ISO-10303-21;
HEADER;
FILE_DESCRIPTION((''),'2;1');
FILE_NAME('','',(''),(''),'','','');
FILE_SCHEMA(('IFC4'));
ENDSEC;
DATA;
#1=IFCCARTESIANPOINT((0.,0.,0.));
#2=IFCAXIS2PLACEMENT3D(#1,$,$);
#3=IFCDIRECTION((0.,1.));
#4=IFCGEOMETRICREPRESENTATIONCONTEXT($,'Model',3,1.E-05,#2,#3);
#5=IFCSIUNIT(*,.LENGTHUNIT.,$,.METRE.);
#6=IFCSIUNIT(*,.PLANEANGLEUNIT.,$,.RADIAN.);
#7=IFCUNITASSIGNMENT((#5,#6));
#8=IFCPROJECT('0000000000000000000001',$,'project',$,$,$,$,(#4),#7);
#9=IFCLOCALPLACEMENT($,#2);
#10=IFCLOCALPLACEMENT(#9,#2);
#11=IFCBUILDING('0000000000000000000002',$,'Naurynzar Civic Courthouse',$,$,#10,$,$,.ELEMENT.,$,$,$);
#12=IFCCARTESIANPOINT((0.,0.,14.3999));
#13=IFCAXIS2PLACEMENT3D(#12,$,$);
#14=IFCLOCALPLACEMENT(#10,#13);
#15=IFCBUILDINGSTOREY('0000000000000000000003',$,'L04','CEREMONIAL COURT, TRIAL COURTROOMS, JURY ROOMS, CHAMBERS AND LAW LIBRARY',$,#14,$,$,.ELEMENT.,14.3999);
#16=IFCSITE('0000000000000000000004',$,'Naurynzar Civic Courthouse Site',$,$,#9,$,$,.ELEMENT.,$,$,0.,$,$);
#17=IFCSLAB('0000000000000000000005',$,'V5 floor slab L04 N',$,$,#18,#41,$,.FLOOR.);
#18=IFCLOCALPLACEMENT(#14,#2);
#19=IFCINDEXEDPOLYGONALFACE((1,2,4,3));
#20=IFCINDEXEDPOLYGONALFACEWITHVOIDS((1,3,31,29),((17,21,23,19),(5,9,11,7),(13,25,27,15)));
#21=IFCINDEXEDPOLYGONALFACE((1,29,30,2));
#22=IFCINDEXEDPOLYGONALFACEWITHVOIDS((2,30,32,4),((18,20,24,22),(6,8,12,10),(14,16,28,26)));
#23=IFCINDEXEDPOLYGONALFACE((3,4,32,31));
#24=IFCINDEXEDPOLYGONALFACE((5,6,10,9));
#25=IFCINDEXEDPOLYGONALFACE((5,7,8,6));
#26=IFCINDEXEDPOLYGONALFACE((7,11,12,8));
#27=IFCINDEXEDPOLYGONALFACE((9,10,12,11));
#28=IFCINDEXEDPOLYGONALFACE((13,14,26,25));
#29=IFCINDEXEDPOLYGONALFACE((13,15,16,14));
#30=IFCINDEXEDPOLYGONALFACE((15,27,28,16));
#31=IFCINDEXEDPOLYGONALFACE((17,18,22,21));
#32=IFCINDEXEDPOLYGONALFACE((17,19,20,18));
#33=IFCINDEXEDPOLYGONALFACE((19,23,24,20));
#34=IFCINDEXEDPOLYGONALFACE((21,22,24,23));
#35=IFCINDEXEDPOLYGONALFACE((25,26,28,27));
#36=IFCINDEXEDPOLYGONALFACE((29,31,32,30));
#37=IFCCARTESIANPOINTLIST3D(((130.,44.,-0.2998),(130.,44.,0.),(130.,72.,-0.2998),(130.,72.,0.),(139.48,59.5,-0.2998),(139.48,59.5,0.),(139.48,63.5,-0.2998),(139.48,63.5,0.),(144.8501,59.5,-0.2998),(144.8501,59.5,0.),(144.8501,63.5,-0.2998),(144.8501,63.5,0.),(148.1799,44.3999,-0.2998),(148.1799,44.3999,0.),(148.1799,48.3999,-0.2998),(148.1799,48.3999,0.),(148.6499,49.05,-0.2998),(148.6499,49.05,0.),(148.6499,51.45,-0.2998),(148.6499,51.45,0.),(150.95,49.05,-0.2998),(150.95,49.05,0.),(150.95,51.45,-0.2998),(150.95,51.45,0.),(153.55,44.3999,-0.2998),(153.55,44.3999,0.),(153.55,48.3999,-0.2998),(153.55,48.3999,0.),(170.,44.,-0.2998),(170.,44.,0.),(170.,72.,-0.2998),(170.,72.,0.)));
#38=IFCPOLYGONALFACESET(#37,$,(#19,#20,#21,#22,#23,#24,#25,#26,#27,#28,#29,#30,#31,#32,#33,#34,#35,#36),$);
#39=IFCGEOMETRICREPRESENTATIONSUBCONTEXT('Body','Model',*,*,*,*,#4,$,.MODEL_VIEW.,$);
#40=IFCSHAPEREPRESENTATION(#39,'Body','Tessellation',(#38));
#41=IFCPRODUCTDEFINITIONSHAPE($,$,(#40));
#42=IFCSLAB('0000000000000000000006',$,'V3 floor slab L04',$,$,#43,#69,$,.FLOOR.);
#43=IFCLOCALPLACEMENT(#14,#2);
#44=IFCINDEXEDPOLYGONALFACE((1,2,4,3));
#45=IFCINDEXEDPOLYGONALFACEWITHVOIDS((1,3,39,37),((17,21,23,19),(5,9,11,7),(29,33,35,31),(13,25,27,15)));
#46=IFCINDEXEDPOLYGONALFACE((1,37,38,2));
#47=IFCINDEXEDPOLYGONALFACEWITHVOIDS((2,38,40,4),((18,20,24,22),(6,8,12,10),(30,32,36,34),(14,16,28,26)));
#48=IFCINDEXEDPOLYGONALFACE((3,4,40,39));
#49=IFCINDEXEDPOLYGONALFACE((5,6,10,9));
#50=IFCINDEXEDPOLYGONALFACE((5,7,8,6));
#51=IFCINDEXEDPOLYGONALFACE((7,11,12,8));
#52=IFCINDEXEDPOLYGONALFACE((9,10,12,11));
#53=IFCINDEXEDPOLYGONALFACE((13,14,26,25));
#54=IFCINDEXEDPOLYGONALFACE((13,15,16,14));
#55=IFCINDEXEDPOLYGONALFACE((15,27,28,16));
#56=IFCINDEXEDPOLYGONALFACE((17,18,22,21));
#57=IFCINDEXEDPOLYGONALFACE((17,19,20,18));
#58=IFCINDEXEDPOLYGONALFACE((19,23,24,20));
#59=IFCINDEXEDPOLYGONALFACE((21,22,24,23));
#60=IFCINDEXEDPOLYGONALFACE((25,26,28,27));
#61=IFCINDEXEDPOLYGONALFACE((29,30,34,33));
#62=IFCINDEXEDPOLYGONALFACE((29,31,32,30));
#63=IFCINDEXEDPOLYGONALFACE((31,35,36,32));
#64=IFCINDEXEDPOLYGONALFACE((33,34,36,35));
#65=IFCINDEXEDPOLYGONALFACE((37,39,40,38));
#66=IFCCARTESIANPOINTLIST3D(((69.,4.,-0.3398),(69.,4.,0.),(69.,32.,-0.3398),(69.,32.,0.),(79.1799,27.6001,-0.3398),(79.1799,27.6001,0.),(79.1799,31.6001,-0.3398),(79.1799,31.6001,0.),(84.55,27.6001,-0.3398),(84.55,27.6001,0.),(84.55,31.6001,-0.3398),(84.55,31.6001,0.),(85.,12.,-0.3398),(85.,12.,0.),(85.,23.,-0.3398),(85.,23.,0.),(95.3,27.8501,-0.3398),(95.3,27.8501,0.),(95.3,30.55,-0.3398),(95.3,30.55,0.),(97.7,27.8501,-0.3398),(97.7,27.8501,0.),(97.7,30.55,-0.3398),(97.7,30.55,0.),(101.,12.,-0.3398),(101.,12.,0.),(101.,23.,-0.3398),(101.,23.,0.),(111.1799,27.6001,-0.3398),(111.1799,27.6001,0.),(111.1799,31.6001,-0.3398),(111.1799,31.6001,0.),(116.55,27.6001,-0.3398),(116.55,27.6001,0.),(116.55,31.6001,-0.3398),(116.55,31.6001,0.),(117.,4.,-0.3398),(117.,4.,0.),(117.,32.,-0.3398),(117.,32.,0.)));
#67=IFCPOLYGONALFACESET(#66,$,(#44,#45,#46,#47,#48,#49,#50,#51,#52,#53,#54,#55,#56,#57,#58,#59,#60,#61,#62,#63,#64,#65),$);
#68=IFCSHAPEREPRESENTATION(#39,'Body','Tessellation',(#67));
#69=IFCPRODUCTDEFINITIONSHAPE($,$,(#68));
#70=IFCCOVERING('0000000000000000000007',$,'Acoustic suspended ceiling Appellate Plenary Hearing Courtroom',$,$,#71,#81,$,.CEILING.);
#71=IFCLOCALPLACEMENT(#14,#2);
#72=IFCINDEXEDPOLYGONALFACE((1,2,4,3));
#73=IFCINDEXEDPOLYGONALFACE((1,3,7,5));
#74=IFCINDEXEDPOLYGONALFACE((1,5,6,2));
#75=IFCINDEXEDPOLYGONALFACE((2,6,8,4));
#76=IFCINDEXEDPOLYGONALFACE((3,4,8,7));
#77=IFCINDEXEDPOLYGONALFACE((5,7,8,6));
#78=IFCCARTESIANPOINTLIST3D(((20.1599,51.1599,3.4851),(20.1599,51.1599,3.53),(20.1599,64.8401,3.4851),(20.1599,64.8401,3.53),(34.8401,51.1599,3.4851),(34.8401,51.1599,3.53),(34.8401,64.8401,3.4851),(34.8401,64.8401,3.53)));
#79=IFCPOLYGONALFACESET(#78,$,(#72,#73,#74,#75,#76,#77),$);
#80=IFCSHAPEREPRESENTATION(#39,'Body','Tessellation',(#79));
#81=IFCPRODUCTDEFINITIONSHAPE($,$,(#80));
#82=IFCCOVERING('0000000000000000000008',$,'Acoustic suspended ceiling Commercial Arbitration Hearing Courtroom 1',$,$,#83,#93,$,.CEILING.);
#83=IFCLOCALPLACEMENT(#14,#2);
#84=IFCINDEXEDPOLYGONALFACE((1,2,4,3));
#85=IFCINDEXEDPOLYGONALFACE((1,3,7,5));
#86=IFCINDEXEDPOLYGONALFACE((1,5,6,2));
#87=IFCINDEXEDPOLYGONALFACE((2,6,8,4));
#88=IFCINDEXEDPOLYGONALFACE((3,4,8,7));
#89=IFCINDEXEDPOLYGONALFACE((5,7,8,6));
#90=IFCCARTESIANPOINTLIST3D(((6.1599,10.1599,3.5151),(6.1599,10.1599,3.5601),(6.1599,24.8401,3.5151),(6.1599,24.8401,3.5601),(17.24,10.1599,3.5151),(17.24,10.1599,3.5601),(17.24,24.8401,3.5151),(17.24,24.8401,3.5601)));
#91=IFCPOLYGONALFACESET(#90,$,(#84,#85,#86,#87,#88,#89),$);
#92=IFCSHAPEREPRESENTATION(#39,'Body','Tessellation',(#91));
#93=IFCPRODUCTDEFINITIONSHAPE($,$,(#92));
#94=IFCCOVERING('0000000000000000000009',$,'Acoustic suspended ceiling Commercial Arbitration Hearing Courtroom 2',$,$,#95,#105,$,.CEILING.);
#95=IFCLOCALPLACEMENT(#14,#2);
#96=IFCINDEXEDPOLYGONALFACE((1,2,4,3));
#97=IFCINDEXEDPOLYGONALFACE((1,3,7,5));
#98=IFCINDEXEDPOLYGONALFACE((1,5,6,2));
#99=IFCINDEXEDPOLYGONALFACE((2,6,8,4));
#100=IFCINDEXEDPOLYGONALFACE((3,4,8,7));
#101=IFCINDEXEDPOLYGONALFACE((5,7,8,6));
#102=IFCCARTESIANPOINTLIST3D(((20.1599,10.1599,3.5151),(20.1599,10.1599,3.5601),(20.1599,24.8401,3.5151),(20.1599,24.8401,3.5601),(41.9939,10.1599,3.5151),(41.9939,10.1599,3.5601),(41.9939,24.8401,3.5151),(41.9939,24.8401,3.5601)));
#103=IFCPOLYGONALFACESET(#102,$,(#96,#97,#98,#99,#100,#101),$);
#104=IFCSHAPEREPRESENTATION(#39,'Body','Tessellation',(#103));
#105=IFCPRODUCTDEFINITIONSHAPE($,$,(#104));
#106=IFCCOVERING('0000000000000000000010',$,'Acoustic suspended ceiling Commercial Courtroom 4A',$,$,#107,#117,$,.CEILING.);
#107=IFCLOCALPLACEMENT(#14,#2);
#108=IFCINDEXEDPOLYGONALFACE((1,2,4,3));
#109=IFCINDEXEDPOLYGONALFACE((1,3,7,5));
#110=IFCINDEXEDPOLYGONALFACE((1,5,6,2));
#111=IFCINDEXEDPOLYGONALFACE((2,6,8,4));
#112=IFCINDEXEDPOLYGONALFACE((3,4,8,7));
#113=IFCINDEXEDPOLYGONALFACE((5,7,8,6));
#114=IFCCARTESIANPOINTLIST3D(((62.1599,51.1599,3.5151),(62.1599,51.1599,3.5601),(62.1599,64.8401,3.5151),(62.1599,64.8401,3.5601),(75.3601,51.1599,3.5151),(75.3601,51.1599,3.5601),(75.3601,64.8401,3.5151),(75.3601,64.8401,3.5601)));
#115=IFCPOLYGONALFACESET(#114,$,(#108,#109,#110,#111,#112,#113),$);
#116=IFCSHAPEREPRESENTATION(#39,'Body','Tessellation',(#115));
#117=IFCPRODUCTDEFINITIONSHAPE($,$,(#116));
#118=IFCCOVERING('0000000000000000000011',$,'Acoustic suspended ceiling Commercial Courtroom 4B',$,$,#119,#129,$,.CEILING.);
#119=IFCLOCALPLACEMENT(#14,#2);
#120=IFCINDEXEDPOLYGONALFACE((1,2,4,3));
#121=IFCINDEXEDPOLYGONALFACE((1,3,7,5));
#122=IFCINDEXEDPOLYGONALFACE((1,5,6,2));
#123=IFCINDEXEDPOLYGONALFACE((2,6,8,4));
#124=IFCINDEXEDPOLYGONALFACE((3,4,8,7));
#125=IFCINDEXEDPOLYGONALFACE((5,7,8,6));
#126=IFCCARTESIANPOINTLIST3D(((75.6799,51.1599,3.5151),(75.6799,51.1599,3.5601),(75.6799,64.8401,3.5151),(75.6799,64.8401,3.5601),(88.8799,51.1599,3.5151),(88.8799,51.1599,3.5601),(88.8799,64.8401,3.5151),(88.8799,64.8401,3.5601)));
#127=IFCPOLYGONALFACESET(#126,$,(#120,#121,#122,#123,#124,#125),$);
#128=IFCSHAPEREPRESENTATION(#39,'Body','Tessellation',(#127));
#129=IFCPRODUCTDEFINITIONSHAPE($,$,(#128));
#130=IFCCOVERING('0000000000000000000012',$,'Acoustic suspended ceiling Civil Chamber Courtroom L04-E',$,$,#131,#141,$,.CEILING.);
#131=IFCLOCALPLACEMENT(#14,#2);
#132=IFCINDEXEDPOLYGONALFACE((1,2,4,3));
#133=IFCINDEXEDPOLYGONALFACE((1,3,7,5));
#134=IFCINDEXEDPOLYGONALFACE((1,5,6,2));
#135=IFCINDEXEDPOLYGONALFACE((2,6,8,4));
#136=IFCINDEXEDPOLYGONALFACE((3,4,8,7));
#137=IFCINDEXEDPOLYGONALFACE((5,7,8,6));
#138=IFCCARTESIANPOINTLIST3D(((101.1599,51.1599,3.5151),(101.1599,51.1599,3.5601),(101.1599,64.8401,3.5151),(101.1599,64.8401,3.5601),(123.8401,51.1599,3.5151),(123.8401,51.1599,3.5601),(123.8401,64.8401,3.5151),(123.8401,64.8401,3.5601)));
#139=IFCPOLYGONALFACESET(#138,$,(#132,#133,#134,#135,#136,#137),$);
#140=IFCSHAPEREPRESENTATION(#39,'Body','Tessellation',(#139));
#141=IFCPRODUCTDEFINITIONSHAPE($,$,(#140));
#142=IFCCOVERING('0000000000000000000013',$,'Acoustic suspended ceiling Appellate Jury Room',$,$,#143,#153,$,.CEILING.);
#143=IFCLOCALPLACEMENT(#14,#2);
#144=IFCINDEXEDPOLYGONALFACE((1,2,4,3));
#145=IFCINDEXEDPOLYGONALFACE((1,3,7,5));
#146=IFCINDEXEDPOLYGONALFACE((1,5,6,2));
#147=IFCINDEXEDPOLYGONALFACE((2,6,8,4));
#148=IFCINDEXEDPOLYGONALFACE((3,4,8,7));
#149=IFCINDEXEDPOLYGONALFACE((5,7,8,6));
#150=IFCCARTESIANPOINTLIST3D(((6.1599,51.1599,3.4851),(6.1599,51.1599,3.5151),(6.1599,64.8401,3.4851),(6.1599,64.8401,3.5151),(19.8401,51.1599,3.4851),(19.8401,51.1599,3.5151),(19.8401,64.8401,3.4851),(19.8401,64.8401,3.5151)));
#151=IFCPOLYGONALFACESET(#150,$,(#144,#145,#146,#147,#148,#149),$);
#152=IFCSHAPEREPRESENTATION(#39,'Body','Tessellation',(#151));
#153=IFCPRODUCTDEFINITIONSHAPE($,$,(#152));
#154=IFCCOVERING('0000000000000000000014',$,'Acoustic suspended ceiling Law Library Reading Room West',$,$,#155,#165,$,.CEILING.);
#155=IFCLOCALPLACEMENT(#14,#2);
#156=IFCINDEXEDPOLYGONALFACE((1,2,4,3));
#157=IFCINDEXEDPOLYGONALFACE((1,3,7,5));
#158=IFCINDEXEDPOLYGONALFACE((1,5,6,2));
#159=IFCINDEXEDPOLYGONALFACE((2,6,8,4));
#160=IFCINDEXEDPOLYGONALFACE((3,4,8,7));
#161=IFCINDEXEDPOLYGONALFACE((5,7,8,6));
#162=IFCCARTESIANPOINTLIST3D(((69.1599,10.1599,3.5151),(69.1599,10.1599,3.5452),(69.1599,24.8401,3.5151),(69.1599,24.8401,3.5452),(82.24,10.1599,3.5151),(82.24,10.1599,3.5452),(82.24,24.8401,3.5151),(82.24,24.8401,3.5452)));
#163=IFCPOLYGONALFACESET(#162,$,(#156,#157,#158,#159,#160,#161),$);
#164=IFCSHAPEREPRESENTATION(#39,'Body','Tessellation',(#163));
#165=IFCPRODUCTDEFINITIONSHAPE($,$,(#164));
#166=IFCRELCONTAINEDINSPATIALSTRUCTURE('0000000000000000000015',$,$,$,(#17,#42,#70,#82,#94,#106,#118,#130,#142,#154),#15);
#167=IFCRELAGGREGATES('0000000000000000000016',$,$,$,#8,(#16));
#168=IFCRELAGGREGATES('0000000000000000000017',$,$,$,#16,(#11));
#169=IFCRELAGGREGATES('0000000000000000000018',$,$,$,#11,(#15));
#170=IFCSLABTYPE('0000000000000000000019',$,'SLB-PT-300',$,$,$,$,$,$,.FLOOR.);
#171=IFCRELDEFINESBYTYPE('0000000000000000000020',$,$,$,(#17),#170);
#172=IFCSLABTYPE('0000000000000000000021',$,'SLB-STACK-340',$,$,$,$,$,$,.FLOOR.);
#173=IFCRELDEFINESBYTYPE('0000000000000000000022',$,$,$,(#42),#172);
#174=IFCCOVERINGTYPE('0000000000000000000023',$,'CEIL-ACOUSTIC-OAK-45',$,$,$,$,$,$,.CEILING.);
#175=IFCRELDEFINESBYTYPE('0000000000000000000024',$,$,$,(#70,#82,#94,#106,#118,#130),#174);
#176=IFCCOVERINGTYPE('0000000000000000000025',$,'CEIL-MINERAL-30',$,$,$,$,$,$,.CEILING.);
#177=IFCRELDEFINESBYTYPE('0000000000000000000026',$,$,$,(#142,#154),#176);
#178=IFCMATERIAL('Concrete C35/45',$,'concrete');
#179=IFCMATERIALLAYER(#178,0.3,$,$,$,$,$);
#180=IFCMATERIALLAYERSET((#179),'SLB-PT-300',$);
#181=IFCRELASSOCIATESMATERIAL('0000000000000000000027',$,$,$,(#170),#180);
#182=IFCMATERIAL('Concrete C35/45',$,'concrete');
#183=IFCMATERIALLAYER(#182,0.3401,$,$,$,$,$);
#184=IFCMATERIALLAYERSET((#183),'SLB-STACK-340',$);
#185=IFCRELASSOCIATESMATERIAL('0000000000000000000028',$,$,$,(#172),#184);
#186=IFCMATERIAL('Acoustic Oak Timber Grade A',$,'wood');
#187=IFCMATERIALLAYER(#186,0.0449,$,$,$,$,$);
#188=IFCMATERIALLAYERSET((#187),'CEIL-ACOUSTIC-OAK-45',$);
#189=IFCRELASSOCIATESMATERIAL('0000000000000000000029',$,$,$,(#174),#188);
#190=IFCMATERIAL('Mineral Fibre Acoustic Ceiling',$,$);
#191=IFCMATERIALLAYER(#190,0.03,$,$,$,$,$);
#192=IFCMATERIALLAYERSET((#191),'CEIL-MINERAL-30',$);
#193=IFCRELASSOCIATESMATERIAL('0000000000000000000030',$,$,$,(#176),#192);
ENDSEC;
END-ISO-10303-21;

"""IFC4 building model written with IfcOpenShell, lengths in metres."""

from ifc_helpers import new_model, si_unit, direction, frame, origin, place, context, subcontext, project, spatial, polyline, outline, extrude, material, layer, layer_set, type_object, element, save


model = new_model("IFC4")

# Units and contexts
model_context = context("Model", 3, precision=1e-05, world=origin(), true_north=direction((0.0, 1.0)))
body_context = subcontext(model_context, "Body", "Model", "MODEL_VIEW")
ifc_project = project(units=[si_unit("LENGTHUNIT", "METRE"), si_unit("PLANEANGLEUNIT", "RADIAN")], contexts=[model_context])

# Site, building, storey
site_placement = place(None, origin())
site = spatial("IfcSite", under=ifc_project, at=site_placement, Name="Naurynzar Civic Courthouse Site", CompositionType="ELEMENT", RefElevation=0.0)
building_placement = place(site_placement, origin())
building = spatial("IfcBuilding", under=site, at=building_placement, Name="Naurynzar Civic Courthouse", CompositionType="ELEMENT")
storey_placement = place(building_placement, frame((0.0, 0.0, 14.3999)))
storey = spatial("IfcBuildingStorey", under=building, at=storey_placement, Name="L04", Description="CEREMONIAL COURT, TRIAL COURTROOMS, JURY ROOMS, CHAMBERS AND LAW LIBRARY", CompositionType="ELEMENT", Elevation=14.3999)

# Slabs
ifc_material_1 = material(Name="Concrete C35/45", Category="concrete")
ifc_layer_1 = layer(ifc_material_1, 0.3)
ifc_layer_set_1 = layer_set([ifc_layer_1], Name="SLB-PT-300")
slab_type_1 = type_object("IfcSlabType", Name="SLB-PT-300", PredefinedType="FLOOR", material=ifc_layer_set_1)
slab_1_placement = place(storey_placement, frame((0.0, 0.0, -0.2998)))
element("IfcSlab", 1, at=slab_1_placement, inside=storey, type_object=slab_type_1, Name="V5 floor slab L04 N", PredefinedType="FLOOR", context=body_context, shape_type="SweptSolid", body=[
    extrude(outline(polyline([(170.0, 44.0), (170.0, 72.0), (130.0, 72.0), (130.0, 44.0), (170.0, 44.0)]), holes=[polyline([(139.48, 59.5), (144.8501, 59.5), (144.8501, 63.5), (139.48, 63.5), (139.48, 59.5)]), polyline([(148.1799, 44.3999), (153.55, 44.3999), (153.55, 48.3999), (148.1799, 48.3999), (148.1799, 44.3999)]), polyline([(148.6499, 49.05), (150.95, 49.05), (150.95, 51.45), (148.6499, 51.45), (148.6499, 49.05)])]), origin(), (0.0, 0.0, 1.0), 0.2998),
])
ifc_material_2 = material(Name="Concrete C35/45", Category="concrete")
ifc_layer_2 = layer(ifc_material_2, 0.3401)
ifc_layer_set_2 = layer_set([ifc_layer_2], Name="SLB-STACK-340")
slab_type_2 = type_object("IfcSlabType", Name="SLB-STACK-340", PredefinedType="FLOOR", material=ifc_layer_set_2)
slab_2_placement = place(storey_placement, frame((0.0, 0.0, -0.3398)))
element("IfcSlab", 2, at=slab_2_placement, inside=storey, type_object=slab_type_2, Name="V3 floor slab L04", PredefinedType="FLOOR", context=body_context, shape_type="SweptSolid", body=[
    extrude(outline(polyline([(69.0, 4.0), (69.0, 32.0), (117.0, 32.0), (117.0, 4.0), (69.0, 4.0)]), holes=[polyline([(101.0, 23.0), (85.0, 23.0), (85.0, 12.0), (101.0, 12.0), (101.0, 23.0)]), polyline([(79.1799, 27.6001), (84.55, 27.6001), (84.55, 31.6001), (79.1799, 31.6001), (79.1799, 27.6001)]), polyline([(111.1799, 27.6001), (116.55, 27.6001), (116.55, 31.6001), (111.1799, 31.6001), (111.1799, 27.6001)]), polyline([(95.3, 27.8501), (97.7, 27.8501), (97.7, 30.55), (95.3, 30.55), (95.3, 27.8501)])]), origin(), (0.0, 0.0, 1.0), 0.3398),
])

# Coverings
ifc_material_3 = material(Name="Acoustic Oak Timber Grade A", Category="wood")
ifc_layer_3 = layer(ifc_material_3, 0.0449)
ifc_layer_set_3 = layer_set([ifc_layer_3], Name="CEIL-ACOUSTIC-OAK-45")
covering_type_1 = type_object("IfcCoveringType", Name="CEIL-ACOUSTIC-OAK-45", PredefinedType="CEILING", material=ifc_layer_set_3)
covering_1_placement = place(storey_placement, frame((0.0, 0.0, 3.4851)))
element("IfcCovering", 3, at=covering_1_placement, inside=storey, type_object=covering_type_1, Name="Acoustic suspended ceiling Appellate Plenary Hearing Courtroom", PredefinedType="CEILING", context=body_context, shape_type="SweptSolid", body=[
    extrude(outline(polyline([(20.1599, 51.1599), (20.1599, 64.8401), (34.8401, 64.8401), (34.8401, 51.1599), (20.1599, 51.1599)])), origin(), (0.0, 0.0, 1.0), 0.0449),
])
covering_2_placement = place(storey_placement, frame((0.0, 0.0, 3.5151)))
element("IfcCovering", 4, at=covering_2_placement, inside=storey, type_object=covering_type_1, Name="Acoustic suspended ceiling Commercial Arbitration Hearing Courtroom 1", PredefinedType="CEILING", context=body_context, shape_type="SweptSolid", body=[
    extrude(outline(polyline([(17.24, 10.1599), (6.1599, 10.1599), (6.1599, 24.8401), (17.24, 24.8401), (17.24, 10.1599)])), origin(), (0.0, 0.0, 1.0), 0.0449),
])
covering_3_placement = place(storey_placement, frame((0.0, 0.0, 3.5151)))
element("IfcCovering", 5, at=covering_3_placement, inside=storey, type_object=covering_type_1, Name="Acoustic suspended ceiling Commercial Arbitration Hearing Courtroom 2", PredefinedType="CEILING", context=body_context, shape_type="SweptSolid", body=[
    extrude(outline(polyline([(41.9939, 10.1599), (20.1599, 10.1599), (20.1599, 24.8401), (41.9939, 24.8401), (41.9939, 10.1599)])), origin(), (0.0, 0.0, 1.0), 0.0449),
])
covering_4_placement = place(storey_placement, frame((0.0, 0.0, 3.5151)))
element("IfcCovering", 6, at=covering_4_placement, inside=storey, type_object=covering_type_1, Name="Acoustic suspended ceiling Commercial Courtroom 4A", PredefinedType="CEILING", context=body_context, shape_type="SweptSolid", body=[
    extrude(outline(polyline([(75.3601, 51.1599), (62.1599, 51.1599), (62.1599, 64.8401), (75.3601, 64.8401), (75.3601, 51.1599)])), origin(), (0.0, 0.0, 1.0), 0.0449),
])
covering_5_placement = place(storey_placement, frame((0.0, 0.0, 3.5151)))
element("IfcCovering", 7, at=covering_5_placement, inside=storey, type_object=covering_type_1, Name="Acoustic suspended ceiling Commercial Courtroom 4B", PredefinedType="CEILING", context=body_context, shape_type="SweptSolid", body=[
    extrude(outline(polyline([(88.8799, 51.1599), (75.6799, 51.1599), (75.6799, 64.8401), (88.8799, 64.8401), (88.8799, 51.1599)])), origin(), (0.0, 0.0, 1.0), 0.0449),
])
covering_6_placement = place(storey_placement, frame((0.0, 0.0, 3.5151)))
element("IfcCovering", 8, at=covering_6_placement, inside=storey, type_object=covering_type_1, Name="Acoustic suspended ceiling Civil Chamber Courtroom L04-E", PredefinedType="CEILING", context=body_context, shape_type="SweptSolid", body=[
    extrude(outline(polyline([(123.8401, 51.1599), (101.1599, 51.1599), (101.1599, 64.8401), (123.8401, 64.8401), (123.8401, 51.1599)])), origin(), (0.0, 0.0, 1.0), 0.0449),
])
ifc_material_4 = material(Name="Mineral Fibre Acoustic Ceiling")
ifc_layer_4 = layer(ifc_material_4, 0.03)
ifc_layer_set_4 = layer_set([ifc_layer_4], Name="CEIL-MINERAL-30")
covering_type_2 = type_object("IfcCoveringType", Name="CEIL-MINERAL-30", PredefinedType="CEILING", material=ifc_layer_set_4)
covering_7_placement = place(storey_placement, frame((0.0, 0.0, 3.4851)))
element("IfcCovering", 9, at=covering_7_placement, inside=storey, type_object=covering_type_2, Name="Acoustic suspended ceiling Appellate Jury Room", PredefinedType="CEILING", context=body_context, shape_type="SweptSolid", body=[
    extrude(outline(polyline([(6.1599, 51.1599), (6.1599, 64.8401), (19.8401, 64.8401), (19.8401, 51.1599), (6.1599, 51.1599)])), origin(), (0.0, 0.0, 1.0), 0.03),
])
covering_8_placement = place(storey_placement, frame((0.0, 0.0, 3.5151)))
element("IfcCovering", 10, at=covering_8_placement, inside=storey, type_object=covering_type_2, Name="Acoustic suspended ceiling Law Library Reading Room West", PredefinedType="CEILING", context=body_context, shape_type="SweptSolid", body=[
    extrude(outline(polyline([(69.1599, 10.1599), (69.1599, 24.8401), (82.24, 24.8401), (82.24, 10.1599), (69.1599, 10.1599)])), origin(), (0.0, 0.0, 1.0), 0.03),
])

save(model, "model.ifc")
